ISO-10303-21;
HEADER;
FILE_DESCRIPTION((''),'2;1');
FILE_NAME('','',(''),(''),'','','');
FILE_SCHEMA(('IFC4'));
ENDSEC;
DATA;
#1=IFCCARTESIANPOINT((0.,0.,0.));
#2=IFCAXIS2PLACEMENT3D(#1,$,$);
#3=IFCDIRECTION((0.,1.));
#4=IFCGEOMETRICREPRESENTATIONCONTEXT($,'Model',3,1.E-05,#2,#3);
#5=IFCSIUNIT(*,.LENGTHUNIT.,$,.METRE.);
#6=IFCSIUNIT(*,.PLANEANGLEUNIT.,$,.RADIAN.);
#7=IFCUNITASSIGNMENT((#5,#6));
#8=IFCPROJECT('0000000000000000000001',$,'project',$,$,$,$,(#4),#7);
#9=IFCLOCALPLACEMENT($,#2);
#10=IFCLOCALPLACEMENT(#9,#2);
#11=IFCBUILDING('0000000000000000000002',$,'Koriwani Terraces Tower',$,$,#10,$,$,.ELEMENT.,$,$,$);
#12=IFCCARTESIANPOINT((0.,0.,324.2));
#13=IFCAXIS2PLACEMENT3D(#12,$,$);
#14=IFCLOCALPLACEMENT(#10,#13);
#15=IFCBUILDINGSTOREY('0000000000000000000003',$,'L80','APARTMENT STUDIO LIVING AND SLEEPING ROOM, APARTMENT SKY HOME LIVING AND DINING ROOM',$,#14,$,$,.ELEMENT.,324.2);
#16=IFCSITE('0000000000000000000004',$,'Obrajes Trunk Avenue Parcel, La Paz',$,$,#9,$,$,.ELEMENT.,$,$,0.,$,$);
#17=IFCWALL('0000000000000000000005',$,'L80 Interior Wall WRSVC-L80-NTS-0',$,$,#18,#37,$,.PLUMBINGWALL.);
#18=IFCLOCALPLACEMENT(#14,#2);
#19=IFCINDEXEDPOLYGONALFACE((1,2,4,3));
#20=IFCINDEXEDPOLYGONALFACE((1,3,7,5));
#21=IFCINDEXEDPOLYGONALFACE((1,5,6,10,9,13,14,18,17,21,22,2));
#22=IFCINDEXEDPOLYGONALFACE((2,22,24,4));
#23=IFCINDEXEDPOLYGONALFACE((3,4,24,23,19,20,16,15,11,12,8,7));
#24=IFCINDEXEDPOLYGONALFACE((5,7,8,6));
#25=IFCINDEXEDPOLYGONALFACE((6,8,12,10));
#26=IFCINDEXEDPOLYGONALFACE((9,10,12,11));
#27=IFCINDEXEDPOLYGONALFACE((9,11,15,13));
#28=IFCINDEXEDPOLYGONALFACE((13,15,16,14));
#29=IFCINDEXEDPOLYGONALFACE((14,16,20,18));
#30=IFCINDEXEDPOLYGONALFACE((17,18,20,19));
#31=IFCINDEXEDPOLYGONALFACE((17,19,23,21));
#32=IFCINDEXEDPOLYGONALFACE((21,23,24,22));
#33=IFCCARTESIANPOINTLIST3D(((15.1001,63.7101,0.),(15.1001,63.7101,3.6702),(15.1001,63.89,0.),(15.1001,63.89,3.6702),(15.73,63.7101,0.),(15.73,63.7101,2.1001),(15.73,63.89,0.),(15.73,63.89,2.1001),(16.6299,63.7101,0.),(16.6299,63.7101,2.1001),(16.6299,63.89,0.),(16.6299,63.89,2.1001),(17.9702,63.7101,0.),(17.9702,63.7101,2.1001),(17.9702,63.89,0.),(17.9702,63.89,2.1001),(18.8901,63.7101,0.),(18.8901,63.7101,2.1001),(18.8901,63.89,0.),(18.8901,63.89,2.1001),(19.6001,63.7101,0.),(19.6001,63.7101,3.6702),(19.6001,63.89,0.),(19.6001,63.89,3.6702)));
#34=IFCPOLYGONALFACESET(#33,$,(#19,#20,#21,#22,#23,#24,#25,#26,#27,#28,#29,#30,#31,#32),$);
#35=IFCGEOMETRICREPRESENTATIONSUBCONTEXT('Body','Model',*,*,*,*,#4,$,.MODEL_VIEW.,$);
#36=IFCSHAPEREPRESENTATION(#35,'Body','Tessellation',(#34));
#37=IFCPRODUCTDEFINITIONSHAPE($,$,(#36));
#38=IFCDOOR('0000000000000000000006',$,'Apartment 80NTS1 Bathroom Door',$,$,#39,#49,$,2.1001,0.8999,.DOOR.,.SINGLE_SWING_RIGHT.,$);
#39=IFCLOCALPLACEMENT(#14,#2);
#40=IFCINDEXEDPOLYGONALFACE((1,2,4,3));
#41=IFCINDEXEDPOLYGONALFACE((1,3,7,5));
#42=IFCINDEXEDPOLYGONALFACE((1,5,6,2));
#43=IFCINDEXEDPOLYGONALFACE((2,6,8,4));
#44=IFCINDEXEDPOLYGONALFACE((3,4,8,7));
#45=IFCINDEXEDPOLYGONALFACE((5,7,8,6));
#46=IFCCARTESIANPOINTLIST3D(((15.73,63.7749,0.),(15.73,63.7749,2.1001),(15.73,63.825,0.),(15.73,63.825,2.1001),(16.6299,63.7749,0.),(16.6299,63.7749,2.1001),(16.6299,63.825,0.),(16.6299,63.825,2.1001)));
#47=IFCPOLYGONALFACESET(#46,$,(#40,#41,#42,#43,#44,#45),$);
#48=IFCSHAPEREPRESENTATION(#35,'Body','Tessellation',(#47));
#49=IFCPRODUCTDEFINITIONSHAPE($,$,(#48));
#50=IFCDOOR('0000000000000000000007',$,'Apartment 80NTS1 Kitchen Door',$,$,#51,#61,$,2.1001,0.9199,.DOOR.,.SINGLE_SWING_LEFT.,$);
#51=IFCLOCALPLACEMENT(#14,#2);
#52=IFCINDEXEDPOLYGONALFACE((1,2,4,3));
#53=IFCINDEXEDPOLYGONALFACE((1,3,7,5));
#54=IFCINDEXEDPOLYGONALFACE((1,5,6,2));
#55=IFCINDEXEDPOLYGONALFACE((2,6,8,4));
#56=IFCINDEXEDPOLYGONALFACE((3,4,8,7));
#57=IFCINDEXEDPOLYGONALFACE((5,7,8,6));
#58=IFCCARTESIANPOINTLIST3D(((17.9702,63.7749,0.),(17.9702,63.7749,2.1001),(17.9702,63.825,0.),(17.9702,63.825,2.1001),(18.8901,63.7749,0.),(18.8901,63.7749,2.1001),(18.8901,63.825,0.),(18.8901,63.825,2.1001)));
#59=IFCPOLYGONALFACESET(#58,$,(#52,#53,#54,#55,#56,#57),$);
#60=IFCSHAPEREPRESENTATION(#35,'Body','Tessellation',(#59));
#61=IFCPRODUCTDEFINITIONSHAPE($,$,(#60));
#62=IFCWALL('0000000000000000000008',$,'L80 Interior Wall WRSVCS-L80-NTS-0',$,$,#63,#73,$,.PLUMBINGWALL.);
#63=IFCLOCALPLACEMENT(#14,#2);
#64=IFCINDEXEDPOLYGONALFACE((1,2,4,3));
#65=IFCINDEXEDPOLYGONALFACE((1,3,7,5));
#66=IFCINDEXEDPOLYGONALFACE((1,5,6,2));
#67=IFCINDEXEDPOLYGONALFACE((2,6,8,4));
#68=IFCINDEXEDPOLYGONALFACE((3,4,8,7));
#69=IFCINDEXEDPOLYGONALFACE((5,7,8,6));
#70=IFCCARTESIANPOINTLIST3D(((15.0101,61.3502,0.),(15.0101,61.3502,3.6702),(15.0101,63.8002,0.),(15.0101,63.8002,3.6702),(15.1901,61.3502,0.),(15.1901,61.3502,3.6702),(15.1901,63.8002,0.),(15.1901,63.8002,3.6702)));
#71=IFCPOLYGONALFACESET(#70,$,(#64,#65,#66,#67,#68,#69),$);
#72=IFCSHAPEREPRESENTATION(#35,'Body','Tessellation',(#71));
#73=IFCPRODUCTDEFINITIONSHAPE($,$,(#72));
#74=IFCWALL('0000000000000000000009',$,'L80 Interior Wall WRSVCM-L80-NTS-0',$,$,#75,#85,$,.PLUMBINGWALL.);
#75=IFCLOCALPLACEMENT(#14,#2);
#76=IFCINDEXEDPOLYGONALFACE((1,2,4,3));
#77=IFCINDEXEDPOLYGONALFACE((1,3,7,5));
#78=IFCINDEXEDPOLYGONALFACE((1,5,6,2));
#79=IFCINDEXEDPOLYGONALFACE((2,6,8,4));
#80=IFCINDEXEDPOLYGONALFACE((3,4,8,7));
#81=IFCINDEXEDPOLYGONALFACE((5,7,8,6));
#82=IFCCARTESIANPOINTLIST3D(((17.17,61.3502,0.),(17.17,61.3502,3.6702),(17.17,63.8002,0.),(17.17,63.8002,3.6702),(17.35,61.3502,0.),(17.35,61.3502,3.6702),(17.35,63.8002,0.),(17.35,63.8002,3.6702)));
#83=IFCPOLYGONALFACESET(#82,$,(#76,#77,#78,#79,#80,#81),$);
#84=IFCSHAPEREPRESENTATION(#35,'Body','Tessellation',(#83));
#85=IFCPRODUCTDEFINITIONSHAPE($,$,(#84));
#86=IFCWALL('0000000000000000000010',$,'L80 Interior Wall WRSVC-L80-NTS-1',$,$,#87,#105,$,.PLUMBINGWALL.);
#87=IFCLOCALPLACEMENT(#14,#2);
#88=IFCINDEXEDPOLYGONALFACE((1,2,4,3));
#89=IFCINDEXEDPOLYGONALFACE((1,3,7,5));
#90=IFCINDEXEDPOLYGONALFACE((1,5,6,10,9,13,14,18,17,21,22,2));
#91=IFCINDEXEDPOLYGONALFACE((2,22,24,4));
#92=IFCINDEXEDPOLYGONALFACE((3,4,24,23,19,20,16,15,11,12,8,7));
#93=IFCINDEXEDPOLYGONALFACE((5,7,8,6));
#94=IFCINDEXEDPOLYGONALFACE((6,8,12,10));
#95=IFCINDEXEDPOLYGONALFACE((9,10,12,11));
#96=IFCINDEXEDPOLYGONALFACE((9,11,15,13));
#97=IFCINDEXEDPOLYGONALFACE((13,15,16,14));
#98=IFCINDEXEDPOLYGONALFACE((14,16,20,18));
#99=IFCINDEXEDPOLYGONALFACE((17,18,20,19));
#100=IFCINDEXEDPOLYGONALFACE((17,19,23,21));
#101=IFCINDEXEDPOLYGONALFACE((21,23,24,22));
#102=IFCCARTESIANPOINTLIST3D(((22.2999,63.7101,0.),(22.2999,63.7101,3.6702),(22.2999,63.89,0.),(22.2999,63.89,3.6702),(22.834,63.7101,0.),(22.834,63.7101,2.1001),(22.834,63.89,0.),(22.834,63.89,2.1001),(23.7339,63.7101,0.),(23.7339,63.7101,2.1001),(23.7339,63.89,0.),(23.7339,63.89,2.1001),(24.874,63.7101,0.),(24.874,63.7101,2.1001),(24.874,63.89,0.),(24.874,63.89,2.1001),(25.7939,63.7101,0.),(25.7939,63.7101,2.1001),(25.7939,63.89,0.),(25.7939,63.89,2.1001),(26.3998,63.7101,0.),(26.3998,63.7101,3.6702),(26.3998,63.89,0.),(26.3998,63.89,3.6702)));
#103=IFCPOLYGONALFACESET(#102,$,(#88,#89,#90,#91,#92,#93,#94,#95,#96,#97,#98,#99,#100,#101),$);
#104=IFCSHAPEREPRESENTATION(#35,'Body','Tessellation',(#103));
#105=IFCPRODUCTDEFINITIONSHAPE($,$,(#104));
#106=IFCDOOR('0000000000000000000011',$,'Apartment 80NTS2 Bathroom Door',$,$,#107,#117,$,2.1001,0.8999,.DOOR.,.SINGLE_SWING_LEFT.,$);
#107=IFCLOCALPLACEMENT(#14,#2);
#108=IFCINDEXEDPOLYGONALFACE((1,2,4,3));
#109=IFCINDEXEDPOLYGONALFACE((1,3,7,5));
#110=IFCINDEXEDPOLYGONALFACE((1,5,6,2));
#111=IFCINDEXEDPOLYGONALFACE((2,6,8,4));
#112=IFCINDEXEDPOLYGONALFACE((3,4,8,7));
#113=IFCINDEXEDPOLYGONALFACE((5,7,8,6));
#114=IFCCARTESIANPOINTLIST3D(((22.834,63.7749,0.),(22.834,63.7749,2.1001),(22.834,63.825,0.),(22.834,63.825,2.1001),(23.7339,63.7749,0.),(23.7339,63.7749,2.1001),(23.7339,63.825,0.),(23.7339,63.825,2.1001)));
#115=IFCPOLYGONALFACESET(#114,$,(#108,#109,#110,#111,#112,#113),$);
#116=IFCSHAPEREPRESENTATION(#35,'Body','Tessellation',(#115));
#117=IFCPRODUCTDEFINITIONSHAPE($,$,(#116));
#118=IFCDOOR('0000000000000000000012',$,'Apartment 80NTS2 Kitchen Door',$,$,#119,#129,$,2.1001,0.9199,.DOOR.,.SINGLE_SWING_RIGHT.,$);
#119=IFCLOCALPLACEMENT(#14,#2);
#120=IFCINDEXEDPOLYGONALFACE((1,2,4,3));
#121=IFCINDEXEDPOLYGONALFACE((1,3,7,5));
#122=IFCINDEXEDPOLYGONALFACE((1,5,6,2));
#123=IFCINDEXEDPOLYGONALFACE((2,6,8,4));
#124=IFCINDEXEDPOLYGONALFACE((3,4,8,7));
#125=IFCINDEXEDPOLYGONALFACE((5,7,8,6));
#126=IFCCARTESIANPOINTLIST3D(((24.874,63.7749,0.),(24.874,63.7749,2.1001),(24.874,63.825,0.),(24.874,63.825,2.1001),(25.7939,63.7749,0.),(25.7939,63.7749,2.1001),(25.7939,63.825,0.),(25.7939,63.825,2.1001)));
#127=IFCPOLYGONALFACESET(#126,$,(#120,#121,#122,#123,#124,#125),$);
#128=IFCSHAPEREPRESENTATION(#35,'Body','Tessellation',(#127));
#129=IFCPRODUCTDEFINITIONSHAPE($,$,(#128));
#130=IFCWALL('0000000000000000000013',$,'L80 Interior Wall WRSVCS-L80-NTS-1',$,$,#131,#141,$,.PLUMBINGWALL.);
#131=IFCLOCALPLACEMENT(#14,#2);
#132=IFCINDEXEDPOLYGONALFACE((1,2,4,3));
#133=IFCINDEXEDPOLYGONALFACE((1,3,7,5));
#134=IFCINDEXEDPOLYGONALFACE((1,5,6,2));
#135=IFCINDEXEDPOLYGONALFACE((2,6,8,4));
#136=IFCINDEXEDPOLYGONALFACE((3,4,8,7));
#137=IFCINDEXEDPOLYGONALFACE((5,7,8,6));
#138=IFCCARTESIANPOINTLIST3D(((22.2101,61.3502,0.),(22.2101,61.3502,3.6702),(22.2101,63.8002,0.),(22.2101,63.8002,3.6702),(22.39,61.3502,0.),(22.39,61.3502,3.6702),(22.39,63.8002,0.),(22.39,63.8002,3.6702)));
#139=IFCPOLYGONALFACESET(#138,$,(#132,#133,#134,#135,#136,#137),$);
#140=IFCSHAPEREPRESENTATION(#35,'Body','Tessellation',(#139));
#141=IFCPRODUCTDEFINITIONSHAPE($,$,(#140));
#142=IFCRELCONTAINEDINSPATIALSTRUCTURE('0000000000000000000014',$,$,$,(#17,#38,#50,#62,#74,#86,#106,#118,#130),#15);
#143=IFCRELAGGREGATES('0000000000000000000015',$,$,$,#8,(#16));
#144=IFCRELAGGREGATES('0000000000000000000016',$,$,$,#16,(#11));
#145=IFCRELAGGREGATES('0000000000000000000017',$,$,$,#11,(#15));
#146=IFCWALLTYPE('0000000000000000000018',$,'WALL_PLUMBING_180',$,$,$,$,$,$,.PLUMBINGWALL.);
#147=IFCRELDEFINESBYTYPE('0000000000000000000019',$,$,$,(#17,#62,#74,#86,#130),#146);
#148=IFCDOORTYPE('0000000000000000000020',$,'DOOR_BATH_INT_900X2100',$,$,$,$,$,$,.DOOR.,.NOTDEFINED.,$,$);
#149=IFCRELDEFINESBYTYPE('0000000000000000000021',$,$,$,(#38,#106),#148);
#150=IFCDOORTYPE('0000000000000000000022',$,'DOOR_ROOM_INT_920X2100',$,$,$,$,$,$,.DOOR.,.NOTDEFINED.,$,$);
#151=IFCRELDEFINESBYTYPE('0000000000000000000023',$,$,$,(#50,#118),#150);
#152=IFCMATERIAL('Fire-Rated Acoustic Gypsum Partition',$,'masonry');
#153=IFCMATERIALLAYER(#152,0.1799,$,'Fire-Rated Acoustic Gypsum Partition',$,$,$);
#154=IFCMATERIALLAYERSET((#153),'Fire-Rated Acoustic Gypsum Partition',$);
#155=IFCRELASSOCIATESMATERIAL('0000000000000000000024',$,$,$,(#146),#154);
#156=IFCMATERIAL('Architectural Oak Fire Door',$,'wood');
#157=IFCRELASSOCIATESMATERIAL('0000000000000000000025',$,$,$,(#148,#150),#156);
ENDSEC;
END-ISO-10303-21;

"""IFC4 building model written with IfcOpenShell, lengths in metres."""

from ifc_helpers import new_model, si_unit, direction, frame, frame_2d, origin, place, context, subcontext, project, spatial, rectangle, extrude, material, layer, layer_set, type_object, element, fill, save


model = new_model("IFC4")

# Units and contexts
model_context = context("Model", 3, precision=1e-05, world=origin(), true_north=direction((0.0, 1.0)))
body_context = subcontext(model_context, "Body", "Model", "MODEL_VIEW")
ifc_project = project(units=[si_unit("LENGTHUNIT", "METRE"), si_unit("PLANEANGLEUNIT", "RADIAN")], contexts=[model_context])

# Site, building, storey
site_placement = place(None, origin())
site = spatial("IfcSite", under=ifc_project, at=site_placement, Name="Obrajes Trunk Avenue Parcel, La Paz", CompositionType="ELEMENT", RefElevation=0.0)
building_placement = place(site_placement, origin())
building = spatial("IfcBuilding", under=site, at=building_placement, Name="Koriwani Terraces Tower", CompositionType="ELEMENT")
storey_placement = place(building_placement, frame((0.0, 0.0, 324.2)))
storey = spatial("IfcBuildingStorey", under=building, at=storey_placement, Name="L80", Description="APARTMENT STUDIO LIVING AND SLEEPING ROOM, APARTMENT SKY HOME LIVING AND DINING ROOM", CompositionType="ELEMENT", Elevation=324.2)

# Shared definitions
ifc_material_1 = material(Name="Architectural Oak Fire Door", Category="wood")

# Wall, openings, doors
ifc_material_2 = material(Name="Fire-Rated Acoustic Gypsum Partition", Category="masonry")
ifc_layer_1 = layer(ifc_material_2, 0.1799, Name="Fire-Rated Acoustic Gypsum Partition")
ifc_layer_set_1 = layer_set([ifc_layer_1], Name="Fire-Rated Acoustic Gypsum Partition")
wall_type_1 = type_object("IfcWallType", Name="WALL_PLUMBING_180", PredefinedType="PLUMBINGWALL", material=ifc_layer_set_1)
wall_1_placement = place(storey_placement, frame((15.1001, 63.8, 0.0), z_axis=(0.0, 0.0, 1.0), x_axis=(1.0, 0.0, 0.0)))
wall_1 = element("IfcWall", 1, at=wall_1_placement, inside=storey, type_object=wall_type_1, Name="L80 Interior Wall WRSVC-L80-NTS-0", PredefinedType="PLUMBINGWALL", context=body_context, shape_type="SweptSolid", body=[
    extrude(rectangle(XDim=4.5, YDim=0.1799, at=frame_2d((2.25, 0.0))), origin(), (0.0, 0.0, 1.0), 3.6702),
])
opening_1_placement = place(wall_1_placement, frame((0.6299, 0.0, 0.0)))
opening_1 = element("IfcOpeningElement", 2, at=opening_1_placement, cuts=wall_1, PredefinedType="OPENING", context=body_context, shape_type="SweptSolid", body=[
    extrude(rectangle(XDim=0.8999, YDim=2.1001, at=frame_2d((0.45, 1.05))), frame((0.0, 0.1001, 0.0), z_axis=(0.0, -1.0, 0.0), x_axis=(1.0, 0.0, 0.0)), (0.0, 0.0, 1.0), 0.2),
])
opening_2_placement = place(wall_1_placement, frame((2.8701, 0.0, 0.0)))
opening_2 = element("IfcOpeningElement", 3, at=opening_2_placement, cuts=wall_1, PredefinedType="OPENING", context=body_context, shape_type="SweptSolid", body=[
    extrude(rectangle(XDim=0.9199, YDim=2.1001, at=frame_2d((0.46, 1.05))), frame((0.0, 0.1001, 0.0), z_axis=(0.0, -1.0, 0.0), x_axis=(1.0, 0.0, 0.0)), (0.0, 0.0, 1.0), 0.2),
])
door_type_1 = type_object("IfcDoorType", Name="DOOR_BATH_INT_900X2100", OperationType="NOTDEFINED", PredefinedType="DOOR", material=ifc_material_1)
door_1_placement = place(opening_1_placement, origin())
door_1 = element("IfcDoor", 4, at=door_1_placement, inside=storey, type_object=door_type_1, Name="Apartment 80NTS1 Bathroom Door", OperationType="SINGLE_SWING_RIGHT", OverallHeight=2.1001, OverallWidth=0.8999, PredefinedType="DOOR", context=body_context, shape_type="SweptSolid", body=[
    extrude(rectangle(XDim=0.8999, YDim=2.1001, at=frame_2d((0.45, 1.05))), frame((0.0, 0.0249, 0.0), z_axis=(0.0, -1.0, 0.0), x_axis=(1.0, 0.0, 0.0)), (0.0, 0.0, 1.0), 0.05),
])
fill(opening_1, door_1)
door_type_2 = type_object("IfcDoorType", Name="DOOR_ROOM_INT_920X2100", OperationType="NOTDEFINED", PredefinedType="DOOR", material=ifc_material_1)
door_2_placement = place(opening_2_placement, origin())
door_2 = element("IfcDoor", 5, at=door_2_placement, inside=storey, type_object=door_type_2, Name="Apartment 80NTS1 Kitchen Door", OperationType="SINGLE_SWING_LEFT", OverallHeight=2.1001, OverallWidth=0.9199, PredefinedType="DOOR", context=body_context, shape_type="SweptSolid", body=[
    extrude(rectangle(XDim=0.9199, YDim=2.1001, at=frame_2d((0.46, 1.05))), frame((0.0, 0.0249, 0.0), z_axis=(0.0, -1.0, 0.0), x_axis=(1.0, 0.0, 0.0)), (0.0, 0.0, 1.0), 0.05),
])
fill(opening_2, door_2)

# Walls
for number, where, z_axis, x_axis, name in (
    (6, (15.1001, 61.3501, 0.0), (0.0, 0.0, 1.0), (0.0, 1.0, 0.0), "L80 Interior Wall WRSVCS-L80-NTS-0"),
    (7, (17.26, 61.3501, 0.0), (0.0, 0.0, 1.0), (0.0, 1.0, 0.0), "L80 Interior Wall WRSVCM-L80-NTS-0"),
):
    element("IfcWall", number, at=place(storey_placement, frame(where, z_axis=z_axis, x_axis=x_axis)), inside=storey, type_object=wall_type_1, Name=name, PredefinedType="PLUMBINGWALL", context=body_context, shape_type="SweptSolid", body=[
        extrude(rectangle(XDim=2.45, YDim=0.1799, at=frame_2d((1.2251, 0.0))), origin(), (0.0, 0.0, 1.0), 3.6702),
    ])

# Wall, openings, doors
wall_2_placement = place(storey_placement, frame((22.3, 63.8, 0.0), z_axis=(0.0, 0.0, 1.0), x_axis=(1.0, 0.0, 0.0)))
wall_2 = element("IfcWall", 8, at=wall_2_placement, inside=storey, type_object=wall_type_1, Name="L80 Interior Wall WRSVC-L80-NTS-1", PredefinedType="PLUMBINGWALL", context=body_context, shape_type="SweptSolid", body=[
    extrude(rectangle(XDim=4.0999, YDim=0.1799, at=frame_2d((2.0498, 0.0))), origin(), (0.0, 0.0, 1.0), 3.6702),
])
opening_3_placement = place(wall_2_placement, frame((0.5339, 0.0, 0.0)))
opening_3 = element("IfcOpeningElement", 9, at=opening_3_placement, cuts=wall_2, PredefinedType="OPENING", context=body_context, shape_type="SweptSolid", body=[
    extrude(rectangle(XDim=0.8999, YDim=2.1001, at=frame_2d((0.45, 1.05))), frame((0.0, 0.1001, 0.0), z_axis=(0.0, -1.0, 0.0), x_axis=(1.0, 0.0, 0.0)), (0.0, 0.0, 1.0), 0.2),
])
opening_4_placement = place(wall_2_placement, frame((2.574, 0.0, 0.0)))
opening_4 = element("IfcOpeningElement", 10, at=opening_4_placement, cuts=wall_2, PredefinedType="OPENING", context=body_context, shape_type="SweptSolid", body=[
    extrude(rectangle(XDim=0.9199, YDim=2.1001, at=frame_2d((0.46, 1.05))), frame((0.0, 0.1001, 0.0), z_axis=(0.0, -1.0, 0.0), x_axis=(1.0, 0.0, 0.0)), (0.0, 0.0, 1.0), 0.2),
])
door_3_placement = place(opening_3_placement, origin())
door_3 = element("IfcDoor", 11, at=door_3_placement, inside=storey, type_object=door_type_1, Name="Apartment 80NTS2 Bathroom Door", OperationType="SINGLE_SWING_LEFT", OverallHeight=2.1001, OverallWidth=0.8999, PredefinedType="DOOR", context=body_context, shape_type="SweptSolid", body=[
    extrude(rectangle(XDim=0.8999, YDim=2.1001, at=frame_2d((0.45, 1.05))), frame((0.0, 0.0249, 0.0), z_axis=(0.0, -1.0, 0.0), x_axis=(1.0, 0.0, 0.0)), (0.0, 0.0, 1.0), 0.05),
])
fill(opening_3, door_3)
door_4_placement = place(opening_4_placement, origin())
door_4 = element("IfcDoor", 12, at=door_4_placement, inside=storey, type_object=door_type_2, Name="Apartment 80NTS2 Kitchen Door", OperationType="SINGLE_SWING_RIGHT", OverallHeight=2.1001, OverallWidth=0.9199, PredefinedType="DOOR", context=body_context, shape_type="SweptSolid", body=[
    extrude(rectangle(XDim=0.9199, YDim=2.1001, at=frame_2d((0.46, 1.05))), frame((0.0, 0.0249, 0.0), z_axis=(0.0, -1.0, 0.0), x_axis=(1.0, 0.0, 0.0)), (0.0, 0.0, 1.0), 0.05),
])
fill(opening_4, door_4)

# Wall
wall_3_placement = place(storey_placement, frame((22.3, 61.3501, 0.0), z_axis=(0.0, 0.0, 1.0), x_axis=(0.0, 1.0, 0.0)))
element("IfcWall", 13, at=wall_3_placement, inside=storey, type_object=wall_type_1, Name="L80 Interior Wall WRSVCS-L80-NTS-1", PredefinedType="PLUMBINGWALL", context=body_context, shape_type="SweptSolid", body=[
    extrude(rectangle(XDim=2.45, YDim=0.1799, at=frame_2d((1.2251, 0.0))), origin(), (0.0, 0.0, 1.0), 3.6702),
])

save(model, "model.ifc")
